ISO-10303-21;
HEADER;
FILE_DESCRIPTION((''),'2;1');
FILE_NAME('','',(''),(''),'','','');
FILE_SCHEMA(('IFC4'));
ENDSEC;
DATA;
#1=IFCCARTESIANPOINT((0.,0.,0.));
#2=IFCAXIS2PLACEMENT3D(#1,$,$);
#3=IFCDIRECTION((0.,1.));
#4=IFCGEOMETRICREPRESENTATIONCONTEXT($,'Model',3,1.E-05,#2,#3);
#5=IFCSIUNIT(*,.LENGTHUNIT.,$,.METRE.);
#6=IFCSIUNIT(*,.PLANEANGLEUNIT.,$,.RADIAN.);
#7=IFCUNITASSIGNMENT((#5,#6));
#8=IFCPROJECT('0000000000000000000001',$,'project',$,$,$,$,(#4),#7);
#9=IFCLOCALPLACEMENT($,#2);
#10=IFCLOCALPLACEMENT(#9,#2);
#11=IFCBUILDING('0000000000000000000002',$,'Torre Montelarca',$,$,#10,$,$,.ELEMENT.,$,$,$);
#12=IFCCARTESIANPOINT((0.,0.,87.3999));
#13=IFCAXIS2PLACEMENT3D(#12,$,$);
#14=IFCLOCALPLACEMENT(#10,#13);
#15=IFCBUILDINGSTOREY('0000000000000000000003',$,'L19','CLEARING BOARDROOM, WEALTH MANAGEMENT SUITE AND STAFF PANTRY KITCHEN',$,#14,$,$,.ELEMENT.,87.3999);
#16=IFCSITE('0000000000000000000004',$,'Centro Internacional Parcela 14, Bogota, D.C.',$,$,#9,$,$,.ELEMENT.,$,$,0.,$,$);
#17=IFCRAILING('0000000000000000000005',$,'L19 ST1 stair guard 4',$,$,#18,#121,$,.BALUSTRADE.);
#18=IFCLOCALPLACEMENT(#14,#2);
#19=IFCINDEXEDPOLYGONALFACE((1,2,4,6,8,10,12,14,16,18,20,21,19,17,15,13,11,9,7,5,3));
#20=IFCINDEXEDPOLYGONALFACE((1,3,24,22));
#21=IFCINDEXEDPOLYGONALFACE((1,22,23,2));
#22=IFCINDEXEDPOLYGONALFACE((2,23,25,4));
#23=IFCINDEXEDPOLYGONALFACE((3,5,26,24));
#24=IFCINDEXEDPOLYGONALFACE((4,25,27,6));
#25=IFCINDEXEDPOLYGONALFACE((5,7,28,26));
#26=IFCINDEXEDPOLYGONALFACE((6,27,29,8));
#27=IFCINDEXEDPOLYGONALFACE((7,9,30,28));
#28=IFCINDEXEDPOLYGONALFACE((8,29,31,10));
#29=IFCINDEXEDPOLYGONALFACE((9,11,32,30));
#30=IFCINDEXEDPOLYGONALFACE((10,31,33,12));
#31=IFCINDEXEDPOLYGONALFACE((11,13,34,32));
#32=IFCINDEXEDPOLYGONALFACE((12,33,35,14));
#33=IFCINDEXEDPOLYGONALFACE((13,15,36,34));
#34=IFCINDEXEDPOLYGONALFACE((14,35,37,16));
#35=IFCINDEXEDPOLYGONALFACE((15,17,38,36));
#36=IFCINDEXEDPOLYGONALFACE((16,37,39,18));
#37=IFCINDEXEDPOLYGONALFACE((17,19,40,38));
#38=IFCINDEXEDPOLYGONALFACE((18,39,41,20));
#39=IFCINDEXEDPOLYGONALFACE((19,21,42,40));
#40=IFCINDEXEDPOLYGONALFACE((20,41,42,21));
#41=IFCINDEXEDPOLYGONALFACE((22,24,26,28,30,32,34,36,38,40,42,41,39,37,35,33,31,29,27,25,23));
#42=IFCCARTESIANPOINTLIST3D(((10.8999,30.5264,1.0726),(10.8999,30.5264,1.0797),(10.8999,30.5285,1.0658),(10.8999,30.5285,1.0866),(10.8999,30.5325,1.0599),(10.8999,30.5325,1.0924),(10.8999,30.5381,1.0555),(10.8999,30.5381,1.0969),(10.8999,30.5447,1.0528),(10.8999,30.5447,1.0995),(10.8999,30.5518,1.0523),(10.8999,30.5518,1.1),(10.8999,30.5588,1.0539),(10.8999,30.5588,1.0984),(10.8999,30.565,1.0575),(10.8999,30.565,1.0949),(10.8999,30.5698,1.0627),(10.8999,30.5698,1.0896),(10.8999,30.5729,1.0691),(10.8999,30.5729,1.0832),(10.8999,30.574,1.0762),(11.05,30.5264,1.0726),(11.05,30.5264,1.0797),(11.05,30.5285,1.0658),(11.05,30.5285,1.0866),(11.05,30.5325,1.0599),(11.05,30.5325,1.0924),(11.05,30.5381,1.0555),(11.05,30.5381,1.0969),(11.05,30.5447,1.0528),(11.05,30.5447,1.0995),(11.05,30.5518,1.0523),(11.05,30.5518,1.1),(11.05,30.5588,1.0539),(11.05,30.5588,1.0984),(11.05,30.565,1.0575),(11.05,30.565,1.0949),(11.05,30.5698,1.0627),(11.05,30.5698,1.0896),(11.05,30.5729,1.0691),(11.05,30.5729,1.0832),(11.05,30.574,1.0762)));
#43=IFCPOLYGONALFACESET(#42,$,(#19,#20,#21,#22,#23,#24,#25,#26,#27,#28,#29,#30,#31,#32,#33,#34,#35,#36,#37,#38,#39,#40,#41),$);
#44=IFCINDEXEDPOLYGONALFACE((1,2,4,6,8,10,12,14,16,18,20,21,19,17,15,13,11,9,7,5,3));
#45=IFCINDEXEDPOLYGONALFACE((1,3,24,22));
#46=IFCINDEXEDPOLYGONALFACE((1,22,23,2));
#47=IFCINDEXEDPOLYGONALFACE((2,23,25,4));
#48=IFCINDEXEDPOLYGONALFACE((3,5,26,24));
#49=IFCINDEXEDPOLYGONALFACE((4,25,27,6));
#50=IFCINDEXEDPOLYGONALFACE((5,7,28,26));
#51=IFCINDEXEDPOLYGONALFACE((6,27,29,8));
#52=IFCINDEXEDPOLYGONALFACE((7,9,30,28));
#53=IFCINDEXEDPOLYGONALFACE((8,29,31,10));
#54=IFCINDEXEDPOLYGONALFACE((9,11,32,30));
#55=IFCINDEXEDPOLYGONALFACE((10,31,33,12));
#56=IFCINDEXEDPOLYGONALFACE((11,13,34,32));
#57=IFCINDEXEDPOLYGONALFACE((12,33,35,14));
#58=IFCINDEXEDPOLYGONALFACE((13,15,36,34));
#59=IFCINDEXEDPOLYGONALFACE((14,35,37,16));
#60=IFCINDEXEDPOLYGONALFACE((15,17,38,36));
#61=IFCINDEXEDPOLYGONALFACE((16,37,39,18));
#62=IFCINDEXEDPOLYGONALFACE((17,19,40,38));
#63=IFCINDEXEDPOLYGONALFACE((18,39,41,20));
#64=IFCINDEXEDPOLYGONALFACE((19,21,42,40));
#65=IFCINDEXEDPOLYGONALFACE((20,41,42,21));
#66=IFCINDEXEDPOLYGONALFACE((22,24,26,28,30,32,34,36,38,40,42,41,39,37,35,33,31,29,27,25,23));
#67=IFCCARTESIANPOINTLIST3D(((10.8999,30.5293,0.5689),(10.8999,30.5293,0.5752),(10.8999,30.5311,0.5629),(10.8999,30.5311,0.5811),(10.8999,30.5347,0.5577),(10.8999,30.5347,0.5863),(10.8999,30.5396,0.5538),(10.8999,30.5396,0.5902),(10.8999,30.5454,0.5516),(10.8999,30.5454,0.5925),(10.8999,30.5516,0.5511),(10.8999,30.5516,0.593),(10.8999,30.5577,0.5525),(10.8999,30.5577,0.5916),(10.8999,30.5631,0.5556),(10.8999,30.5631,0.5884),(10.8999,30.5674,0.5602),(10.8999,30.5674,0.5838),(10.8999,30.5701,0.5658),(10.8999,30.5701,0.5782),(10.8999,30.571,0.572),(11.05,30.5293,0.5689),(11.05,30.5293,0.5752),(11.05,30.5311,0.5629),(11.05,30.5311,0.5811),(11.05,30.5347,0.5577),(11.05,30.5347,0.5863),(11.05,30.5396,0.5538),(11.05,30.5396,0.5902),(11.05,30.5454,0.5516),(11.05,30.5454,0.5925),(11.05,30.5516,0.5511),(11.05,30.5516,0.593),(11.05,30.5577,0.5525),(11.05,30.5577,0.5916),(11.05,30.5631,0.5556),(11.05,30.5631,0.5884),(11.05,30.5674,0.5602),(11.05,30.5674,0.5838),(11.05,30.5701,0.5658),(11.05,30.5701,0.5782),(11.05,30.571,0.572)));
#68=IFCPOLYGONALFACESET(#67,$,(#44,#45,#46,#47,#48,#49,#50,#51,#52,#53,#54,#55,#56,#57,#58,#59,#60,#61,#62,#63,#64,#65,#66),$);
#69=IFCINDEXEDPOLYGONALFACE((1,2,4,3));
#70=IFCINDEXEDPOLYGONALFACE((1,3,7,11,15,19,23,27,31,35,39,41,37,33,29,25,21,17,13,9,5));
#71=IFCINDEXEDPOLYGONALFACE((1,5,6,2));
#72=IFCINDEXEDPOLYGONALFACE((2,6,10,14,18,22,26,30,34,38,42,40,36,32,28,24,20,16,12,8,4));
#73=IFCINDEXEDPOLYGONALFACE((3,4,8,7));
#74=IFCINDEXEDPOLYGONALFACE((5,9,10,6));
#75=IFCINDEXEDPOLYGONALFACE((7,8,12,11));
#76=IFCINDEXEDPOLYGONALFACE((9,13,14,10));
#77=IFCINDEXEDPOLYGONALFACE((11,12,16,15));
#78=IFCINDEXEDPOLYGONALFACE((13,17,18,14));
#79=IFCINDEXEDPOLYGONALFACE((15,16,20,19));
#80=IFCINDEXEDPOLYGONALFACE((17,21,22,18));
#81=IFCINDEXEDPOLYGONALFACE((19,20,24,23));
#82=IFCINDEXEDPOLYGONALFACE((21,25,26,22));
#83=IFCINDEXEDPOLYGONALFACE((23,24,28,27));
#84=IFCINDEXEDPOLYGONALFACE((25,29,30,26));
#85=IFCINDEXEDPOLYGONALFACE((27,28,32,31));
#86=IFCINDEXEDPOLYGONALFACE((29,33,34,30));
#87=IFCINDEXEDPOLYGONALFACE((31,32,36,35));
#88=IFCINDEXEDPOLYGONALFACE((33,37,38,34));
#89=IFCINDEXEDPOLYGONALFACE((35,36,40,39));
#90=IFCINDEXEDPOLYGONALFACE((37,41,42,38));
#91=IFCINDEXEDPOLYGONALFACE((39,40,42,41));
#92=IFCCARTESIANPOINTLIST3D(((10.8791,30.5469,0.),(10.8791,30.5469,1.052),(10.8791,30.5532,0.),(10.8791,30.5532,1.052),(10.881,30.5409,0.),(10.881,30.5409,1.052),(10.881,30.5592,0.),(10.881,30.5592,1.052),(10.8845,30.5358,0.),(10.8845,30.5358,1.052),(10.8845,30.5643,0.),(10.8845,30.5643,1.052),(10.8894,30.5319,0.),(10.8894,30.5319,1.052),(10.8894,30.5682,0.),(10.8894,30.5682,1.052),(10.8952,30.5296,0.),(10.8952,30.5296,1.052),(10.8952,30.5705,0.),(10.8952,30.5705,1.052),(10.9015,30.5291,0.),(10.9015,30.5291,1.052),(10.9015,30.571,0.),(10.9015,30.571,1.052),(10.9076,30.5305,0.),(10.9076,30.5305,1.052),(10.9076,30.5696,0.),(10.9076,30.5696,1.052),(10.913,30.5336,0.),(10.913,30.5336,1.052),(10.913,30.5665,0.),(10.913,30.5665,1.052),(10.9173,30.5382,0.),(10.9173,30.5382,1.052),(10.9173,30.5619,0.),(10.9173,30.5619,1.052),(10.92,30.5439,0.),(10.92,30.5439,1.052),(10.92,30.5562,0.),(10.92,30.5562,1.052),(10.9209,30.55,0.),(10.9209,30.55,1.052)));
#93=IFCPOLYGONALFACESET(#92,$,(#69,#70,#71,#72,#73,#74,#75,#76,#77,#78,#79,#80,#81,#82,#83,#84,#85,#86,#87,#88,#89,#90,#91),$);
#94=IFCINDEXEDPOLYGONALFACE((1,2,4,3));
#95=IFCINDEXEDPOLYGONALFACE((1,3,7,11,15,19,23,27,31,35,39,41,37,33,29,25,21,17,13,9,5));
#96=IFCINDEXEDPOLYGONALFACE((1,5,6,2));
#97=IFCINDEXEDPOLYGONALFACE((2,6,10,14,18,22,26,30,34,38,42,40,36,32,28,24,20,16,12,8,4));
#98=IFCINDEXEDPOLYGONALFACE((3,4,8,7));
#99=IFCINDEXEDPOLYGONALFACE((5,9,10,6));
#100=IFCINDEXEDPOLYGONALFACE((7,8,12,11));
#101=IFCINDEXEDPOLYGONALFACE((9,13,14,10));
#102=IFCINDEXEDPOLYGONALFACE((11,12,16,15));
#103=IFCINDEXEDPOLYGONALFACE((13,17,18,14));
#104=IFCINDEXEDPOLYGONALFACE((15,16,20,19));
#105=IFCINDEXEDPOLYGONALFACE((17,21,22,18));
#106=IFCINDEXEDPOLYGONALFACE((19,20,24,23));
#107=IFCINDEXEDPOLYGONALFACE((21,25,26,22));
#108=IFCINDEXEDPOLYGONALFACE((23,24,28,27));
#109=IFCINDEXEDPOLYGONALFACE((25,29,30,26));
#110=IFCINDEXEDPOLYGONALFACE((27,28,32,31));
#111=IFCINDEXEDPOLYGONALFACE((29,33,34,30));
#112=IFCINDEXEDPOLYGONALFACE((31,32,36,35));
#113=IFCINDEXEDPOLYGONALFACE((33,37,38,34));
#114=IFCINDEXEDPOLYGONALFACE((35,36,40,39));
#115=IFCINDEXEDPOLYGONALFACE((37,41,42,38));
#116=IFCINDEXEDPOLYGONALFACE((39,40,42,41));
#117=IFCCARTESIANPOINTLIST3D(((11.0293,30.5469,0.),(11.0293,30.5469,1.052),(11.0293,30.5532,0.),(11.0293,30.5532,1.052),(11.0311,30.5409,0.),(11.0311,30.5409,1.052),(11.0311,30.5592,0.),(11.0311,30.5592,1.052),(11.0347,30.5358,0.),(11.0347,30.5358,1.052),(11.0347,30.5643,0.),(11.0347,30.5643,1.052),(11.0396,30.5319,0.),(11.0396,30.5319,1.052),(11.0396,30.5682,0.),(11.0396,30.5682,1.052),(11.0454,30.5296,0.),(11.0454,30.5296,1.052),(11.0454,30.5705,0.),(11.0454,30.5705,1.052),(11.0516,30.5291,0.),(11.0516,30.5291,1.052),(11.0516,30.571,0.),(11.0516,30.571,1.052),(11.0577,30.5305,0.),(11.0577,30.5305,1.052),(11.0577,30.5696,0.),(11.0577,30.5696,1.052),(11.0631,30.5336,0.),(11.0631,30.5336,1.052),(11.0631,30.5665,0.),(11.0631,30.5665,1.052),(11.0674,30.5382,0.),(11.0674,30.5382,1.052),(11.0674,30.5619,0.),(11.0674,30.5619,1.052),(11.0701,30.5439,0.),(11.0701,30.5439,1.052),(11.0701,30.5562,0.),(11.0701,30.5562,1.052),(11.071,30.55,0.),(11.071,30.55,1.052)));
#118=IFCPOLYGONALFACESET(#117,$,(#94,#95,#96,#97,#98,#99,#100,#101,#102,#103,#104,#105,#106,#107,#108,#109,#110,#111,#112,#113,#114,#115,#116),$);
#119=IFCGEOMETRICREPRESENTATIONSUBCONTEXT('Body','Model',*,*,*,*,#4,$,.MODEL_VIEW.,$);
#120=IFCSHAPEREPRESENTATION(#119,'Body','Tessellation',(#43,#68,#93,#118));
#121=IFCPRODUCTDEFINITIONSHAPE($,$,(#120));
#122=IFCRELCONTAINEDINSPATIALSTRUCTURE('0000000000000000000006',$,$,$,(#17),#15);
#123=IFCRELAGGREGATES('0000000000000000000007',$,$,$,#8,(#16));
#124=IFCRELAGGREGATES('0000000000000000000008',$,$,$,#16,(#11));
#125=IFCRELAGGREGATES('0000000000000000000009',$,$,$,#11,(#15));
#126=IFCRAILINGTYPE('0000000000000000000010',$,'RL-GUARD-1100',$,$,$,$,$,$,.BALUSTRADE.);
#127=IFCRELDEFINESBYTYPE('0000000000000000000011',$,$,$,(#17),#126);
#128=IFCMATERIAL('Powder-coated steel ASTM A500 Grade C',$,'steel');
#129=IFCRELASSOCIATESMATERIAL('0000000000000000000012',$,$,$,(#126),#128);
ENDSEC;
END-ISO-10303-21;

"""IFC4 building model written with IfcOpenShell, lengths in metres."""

from ifc_helpers import new_model, si_unit, direction, frame, origin, origin_2d, place, context, subcontext, project, spatial, circle, extrude, material, type_object, element, save


model = new_model("IFC4")

# Units and contexts
model_context = context("Model", 3, precision=1e-05, world=origin(), true_north=direction((0.0, 1.0)))
body_context = subcontext(model_context, "Body", "Model", "MODEL_VIEW")
ifc_project = project(units=[si_unit("LENGTHUNIT", "METRE"), si_unit("PLANEANGLEUNIT", "RADIAN")], contexts=[model_context])

# Site, building, storey
site_placement = place(None, origin())
site = spatial("IfcSite", under=ifc_project, at=site_placement, Name="Centro Internacional Parcela 14, Bogota, D.C.", CompositionType="ELEMENT", RefElevation=0.0)
building_placement = place(site_placement, origin())
building = spatial("IfcBuilding", under=site, at=building_placement, Name="Torre Montelarca", CompositionType="ELEMENT")
storey_placement = place(building_placement, frame((0.0, 0.0, 87.3999)))
storey = spatial("IfcBuildingStorey", under=building, at=storey_placement, Name="L19", Description="CLEARING BOARDROOM, WEALTH MANAGEMENT SUITE AND STAFF PANTRY KITCHEN", CompositionType="ELEMENT", Elevation=87.3999)

# Railing
ifc_material_1 = material(Name="Powder-coated steel ASTM A500 Grade C", Category="steel")
railing_type_1 = type_object("IfcRailingType", Name="RL-GUARD-1100", PredefinedType="BALUSTRADE", material=ifc_material_1)
railing_1_placement = place(storey_placement, frame((10.8999, 30.55, 0.0)))
element("IfcRailing", 1, at=railing_1_placement, inside=storey, type_object=railing_type_1, Name="L19 ST1 stair guard 4", PredefinedType="BALUSTRADE", context=body_context, shape_type="SweptSolid", body=[
    extrude(circle(Radius=0.0239, at=origin_2d()), frame((0.0, 0.0, 1.0762), z_axis=(1.0, 0.0, 0.0), x_axis=(0.0, 1.0, 0.0)), (0.0, 0.0, 1.0), 0.1501),
    extrude(circle(Radius=0.021, at=origin_2d()), frame((0.0, 0.0, 0.572), z_axis=(1.0, 0.0, 0.0), x_axis=(0.0, 1.0, 0.0)), (0.0, 0.0, 1.0), 0.1501),
    extrude(circle(Radius=0.021, at=origin_2d()), origin(), (0.0, 0.0, 1.0), 1.052),
    extrude(circle(Radius=0.021, at=origin_2d()), frame((0.1501, 0.0, 0.0)), (0.0, 0.0, 1.0), 1.052),
])

save(model, "model.ifc")
